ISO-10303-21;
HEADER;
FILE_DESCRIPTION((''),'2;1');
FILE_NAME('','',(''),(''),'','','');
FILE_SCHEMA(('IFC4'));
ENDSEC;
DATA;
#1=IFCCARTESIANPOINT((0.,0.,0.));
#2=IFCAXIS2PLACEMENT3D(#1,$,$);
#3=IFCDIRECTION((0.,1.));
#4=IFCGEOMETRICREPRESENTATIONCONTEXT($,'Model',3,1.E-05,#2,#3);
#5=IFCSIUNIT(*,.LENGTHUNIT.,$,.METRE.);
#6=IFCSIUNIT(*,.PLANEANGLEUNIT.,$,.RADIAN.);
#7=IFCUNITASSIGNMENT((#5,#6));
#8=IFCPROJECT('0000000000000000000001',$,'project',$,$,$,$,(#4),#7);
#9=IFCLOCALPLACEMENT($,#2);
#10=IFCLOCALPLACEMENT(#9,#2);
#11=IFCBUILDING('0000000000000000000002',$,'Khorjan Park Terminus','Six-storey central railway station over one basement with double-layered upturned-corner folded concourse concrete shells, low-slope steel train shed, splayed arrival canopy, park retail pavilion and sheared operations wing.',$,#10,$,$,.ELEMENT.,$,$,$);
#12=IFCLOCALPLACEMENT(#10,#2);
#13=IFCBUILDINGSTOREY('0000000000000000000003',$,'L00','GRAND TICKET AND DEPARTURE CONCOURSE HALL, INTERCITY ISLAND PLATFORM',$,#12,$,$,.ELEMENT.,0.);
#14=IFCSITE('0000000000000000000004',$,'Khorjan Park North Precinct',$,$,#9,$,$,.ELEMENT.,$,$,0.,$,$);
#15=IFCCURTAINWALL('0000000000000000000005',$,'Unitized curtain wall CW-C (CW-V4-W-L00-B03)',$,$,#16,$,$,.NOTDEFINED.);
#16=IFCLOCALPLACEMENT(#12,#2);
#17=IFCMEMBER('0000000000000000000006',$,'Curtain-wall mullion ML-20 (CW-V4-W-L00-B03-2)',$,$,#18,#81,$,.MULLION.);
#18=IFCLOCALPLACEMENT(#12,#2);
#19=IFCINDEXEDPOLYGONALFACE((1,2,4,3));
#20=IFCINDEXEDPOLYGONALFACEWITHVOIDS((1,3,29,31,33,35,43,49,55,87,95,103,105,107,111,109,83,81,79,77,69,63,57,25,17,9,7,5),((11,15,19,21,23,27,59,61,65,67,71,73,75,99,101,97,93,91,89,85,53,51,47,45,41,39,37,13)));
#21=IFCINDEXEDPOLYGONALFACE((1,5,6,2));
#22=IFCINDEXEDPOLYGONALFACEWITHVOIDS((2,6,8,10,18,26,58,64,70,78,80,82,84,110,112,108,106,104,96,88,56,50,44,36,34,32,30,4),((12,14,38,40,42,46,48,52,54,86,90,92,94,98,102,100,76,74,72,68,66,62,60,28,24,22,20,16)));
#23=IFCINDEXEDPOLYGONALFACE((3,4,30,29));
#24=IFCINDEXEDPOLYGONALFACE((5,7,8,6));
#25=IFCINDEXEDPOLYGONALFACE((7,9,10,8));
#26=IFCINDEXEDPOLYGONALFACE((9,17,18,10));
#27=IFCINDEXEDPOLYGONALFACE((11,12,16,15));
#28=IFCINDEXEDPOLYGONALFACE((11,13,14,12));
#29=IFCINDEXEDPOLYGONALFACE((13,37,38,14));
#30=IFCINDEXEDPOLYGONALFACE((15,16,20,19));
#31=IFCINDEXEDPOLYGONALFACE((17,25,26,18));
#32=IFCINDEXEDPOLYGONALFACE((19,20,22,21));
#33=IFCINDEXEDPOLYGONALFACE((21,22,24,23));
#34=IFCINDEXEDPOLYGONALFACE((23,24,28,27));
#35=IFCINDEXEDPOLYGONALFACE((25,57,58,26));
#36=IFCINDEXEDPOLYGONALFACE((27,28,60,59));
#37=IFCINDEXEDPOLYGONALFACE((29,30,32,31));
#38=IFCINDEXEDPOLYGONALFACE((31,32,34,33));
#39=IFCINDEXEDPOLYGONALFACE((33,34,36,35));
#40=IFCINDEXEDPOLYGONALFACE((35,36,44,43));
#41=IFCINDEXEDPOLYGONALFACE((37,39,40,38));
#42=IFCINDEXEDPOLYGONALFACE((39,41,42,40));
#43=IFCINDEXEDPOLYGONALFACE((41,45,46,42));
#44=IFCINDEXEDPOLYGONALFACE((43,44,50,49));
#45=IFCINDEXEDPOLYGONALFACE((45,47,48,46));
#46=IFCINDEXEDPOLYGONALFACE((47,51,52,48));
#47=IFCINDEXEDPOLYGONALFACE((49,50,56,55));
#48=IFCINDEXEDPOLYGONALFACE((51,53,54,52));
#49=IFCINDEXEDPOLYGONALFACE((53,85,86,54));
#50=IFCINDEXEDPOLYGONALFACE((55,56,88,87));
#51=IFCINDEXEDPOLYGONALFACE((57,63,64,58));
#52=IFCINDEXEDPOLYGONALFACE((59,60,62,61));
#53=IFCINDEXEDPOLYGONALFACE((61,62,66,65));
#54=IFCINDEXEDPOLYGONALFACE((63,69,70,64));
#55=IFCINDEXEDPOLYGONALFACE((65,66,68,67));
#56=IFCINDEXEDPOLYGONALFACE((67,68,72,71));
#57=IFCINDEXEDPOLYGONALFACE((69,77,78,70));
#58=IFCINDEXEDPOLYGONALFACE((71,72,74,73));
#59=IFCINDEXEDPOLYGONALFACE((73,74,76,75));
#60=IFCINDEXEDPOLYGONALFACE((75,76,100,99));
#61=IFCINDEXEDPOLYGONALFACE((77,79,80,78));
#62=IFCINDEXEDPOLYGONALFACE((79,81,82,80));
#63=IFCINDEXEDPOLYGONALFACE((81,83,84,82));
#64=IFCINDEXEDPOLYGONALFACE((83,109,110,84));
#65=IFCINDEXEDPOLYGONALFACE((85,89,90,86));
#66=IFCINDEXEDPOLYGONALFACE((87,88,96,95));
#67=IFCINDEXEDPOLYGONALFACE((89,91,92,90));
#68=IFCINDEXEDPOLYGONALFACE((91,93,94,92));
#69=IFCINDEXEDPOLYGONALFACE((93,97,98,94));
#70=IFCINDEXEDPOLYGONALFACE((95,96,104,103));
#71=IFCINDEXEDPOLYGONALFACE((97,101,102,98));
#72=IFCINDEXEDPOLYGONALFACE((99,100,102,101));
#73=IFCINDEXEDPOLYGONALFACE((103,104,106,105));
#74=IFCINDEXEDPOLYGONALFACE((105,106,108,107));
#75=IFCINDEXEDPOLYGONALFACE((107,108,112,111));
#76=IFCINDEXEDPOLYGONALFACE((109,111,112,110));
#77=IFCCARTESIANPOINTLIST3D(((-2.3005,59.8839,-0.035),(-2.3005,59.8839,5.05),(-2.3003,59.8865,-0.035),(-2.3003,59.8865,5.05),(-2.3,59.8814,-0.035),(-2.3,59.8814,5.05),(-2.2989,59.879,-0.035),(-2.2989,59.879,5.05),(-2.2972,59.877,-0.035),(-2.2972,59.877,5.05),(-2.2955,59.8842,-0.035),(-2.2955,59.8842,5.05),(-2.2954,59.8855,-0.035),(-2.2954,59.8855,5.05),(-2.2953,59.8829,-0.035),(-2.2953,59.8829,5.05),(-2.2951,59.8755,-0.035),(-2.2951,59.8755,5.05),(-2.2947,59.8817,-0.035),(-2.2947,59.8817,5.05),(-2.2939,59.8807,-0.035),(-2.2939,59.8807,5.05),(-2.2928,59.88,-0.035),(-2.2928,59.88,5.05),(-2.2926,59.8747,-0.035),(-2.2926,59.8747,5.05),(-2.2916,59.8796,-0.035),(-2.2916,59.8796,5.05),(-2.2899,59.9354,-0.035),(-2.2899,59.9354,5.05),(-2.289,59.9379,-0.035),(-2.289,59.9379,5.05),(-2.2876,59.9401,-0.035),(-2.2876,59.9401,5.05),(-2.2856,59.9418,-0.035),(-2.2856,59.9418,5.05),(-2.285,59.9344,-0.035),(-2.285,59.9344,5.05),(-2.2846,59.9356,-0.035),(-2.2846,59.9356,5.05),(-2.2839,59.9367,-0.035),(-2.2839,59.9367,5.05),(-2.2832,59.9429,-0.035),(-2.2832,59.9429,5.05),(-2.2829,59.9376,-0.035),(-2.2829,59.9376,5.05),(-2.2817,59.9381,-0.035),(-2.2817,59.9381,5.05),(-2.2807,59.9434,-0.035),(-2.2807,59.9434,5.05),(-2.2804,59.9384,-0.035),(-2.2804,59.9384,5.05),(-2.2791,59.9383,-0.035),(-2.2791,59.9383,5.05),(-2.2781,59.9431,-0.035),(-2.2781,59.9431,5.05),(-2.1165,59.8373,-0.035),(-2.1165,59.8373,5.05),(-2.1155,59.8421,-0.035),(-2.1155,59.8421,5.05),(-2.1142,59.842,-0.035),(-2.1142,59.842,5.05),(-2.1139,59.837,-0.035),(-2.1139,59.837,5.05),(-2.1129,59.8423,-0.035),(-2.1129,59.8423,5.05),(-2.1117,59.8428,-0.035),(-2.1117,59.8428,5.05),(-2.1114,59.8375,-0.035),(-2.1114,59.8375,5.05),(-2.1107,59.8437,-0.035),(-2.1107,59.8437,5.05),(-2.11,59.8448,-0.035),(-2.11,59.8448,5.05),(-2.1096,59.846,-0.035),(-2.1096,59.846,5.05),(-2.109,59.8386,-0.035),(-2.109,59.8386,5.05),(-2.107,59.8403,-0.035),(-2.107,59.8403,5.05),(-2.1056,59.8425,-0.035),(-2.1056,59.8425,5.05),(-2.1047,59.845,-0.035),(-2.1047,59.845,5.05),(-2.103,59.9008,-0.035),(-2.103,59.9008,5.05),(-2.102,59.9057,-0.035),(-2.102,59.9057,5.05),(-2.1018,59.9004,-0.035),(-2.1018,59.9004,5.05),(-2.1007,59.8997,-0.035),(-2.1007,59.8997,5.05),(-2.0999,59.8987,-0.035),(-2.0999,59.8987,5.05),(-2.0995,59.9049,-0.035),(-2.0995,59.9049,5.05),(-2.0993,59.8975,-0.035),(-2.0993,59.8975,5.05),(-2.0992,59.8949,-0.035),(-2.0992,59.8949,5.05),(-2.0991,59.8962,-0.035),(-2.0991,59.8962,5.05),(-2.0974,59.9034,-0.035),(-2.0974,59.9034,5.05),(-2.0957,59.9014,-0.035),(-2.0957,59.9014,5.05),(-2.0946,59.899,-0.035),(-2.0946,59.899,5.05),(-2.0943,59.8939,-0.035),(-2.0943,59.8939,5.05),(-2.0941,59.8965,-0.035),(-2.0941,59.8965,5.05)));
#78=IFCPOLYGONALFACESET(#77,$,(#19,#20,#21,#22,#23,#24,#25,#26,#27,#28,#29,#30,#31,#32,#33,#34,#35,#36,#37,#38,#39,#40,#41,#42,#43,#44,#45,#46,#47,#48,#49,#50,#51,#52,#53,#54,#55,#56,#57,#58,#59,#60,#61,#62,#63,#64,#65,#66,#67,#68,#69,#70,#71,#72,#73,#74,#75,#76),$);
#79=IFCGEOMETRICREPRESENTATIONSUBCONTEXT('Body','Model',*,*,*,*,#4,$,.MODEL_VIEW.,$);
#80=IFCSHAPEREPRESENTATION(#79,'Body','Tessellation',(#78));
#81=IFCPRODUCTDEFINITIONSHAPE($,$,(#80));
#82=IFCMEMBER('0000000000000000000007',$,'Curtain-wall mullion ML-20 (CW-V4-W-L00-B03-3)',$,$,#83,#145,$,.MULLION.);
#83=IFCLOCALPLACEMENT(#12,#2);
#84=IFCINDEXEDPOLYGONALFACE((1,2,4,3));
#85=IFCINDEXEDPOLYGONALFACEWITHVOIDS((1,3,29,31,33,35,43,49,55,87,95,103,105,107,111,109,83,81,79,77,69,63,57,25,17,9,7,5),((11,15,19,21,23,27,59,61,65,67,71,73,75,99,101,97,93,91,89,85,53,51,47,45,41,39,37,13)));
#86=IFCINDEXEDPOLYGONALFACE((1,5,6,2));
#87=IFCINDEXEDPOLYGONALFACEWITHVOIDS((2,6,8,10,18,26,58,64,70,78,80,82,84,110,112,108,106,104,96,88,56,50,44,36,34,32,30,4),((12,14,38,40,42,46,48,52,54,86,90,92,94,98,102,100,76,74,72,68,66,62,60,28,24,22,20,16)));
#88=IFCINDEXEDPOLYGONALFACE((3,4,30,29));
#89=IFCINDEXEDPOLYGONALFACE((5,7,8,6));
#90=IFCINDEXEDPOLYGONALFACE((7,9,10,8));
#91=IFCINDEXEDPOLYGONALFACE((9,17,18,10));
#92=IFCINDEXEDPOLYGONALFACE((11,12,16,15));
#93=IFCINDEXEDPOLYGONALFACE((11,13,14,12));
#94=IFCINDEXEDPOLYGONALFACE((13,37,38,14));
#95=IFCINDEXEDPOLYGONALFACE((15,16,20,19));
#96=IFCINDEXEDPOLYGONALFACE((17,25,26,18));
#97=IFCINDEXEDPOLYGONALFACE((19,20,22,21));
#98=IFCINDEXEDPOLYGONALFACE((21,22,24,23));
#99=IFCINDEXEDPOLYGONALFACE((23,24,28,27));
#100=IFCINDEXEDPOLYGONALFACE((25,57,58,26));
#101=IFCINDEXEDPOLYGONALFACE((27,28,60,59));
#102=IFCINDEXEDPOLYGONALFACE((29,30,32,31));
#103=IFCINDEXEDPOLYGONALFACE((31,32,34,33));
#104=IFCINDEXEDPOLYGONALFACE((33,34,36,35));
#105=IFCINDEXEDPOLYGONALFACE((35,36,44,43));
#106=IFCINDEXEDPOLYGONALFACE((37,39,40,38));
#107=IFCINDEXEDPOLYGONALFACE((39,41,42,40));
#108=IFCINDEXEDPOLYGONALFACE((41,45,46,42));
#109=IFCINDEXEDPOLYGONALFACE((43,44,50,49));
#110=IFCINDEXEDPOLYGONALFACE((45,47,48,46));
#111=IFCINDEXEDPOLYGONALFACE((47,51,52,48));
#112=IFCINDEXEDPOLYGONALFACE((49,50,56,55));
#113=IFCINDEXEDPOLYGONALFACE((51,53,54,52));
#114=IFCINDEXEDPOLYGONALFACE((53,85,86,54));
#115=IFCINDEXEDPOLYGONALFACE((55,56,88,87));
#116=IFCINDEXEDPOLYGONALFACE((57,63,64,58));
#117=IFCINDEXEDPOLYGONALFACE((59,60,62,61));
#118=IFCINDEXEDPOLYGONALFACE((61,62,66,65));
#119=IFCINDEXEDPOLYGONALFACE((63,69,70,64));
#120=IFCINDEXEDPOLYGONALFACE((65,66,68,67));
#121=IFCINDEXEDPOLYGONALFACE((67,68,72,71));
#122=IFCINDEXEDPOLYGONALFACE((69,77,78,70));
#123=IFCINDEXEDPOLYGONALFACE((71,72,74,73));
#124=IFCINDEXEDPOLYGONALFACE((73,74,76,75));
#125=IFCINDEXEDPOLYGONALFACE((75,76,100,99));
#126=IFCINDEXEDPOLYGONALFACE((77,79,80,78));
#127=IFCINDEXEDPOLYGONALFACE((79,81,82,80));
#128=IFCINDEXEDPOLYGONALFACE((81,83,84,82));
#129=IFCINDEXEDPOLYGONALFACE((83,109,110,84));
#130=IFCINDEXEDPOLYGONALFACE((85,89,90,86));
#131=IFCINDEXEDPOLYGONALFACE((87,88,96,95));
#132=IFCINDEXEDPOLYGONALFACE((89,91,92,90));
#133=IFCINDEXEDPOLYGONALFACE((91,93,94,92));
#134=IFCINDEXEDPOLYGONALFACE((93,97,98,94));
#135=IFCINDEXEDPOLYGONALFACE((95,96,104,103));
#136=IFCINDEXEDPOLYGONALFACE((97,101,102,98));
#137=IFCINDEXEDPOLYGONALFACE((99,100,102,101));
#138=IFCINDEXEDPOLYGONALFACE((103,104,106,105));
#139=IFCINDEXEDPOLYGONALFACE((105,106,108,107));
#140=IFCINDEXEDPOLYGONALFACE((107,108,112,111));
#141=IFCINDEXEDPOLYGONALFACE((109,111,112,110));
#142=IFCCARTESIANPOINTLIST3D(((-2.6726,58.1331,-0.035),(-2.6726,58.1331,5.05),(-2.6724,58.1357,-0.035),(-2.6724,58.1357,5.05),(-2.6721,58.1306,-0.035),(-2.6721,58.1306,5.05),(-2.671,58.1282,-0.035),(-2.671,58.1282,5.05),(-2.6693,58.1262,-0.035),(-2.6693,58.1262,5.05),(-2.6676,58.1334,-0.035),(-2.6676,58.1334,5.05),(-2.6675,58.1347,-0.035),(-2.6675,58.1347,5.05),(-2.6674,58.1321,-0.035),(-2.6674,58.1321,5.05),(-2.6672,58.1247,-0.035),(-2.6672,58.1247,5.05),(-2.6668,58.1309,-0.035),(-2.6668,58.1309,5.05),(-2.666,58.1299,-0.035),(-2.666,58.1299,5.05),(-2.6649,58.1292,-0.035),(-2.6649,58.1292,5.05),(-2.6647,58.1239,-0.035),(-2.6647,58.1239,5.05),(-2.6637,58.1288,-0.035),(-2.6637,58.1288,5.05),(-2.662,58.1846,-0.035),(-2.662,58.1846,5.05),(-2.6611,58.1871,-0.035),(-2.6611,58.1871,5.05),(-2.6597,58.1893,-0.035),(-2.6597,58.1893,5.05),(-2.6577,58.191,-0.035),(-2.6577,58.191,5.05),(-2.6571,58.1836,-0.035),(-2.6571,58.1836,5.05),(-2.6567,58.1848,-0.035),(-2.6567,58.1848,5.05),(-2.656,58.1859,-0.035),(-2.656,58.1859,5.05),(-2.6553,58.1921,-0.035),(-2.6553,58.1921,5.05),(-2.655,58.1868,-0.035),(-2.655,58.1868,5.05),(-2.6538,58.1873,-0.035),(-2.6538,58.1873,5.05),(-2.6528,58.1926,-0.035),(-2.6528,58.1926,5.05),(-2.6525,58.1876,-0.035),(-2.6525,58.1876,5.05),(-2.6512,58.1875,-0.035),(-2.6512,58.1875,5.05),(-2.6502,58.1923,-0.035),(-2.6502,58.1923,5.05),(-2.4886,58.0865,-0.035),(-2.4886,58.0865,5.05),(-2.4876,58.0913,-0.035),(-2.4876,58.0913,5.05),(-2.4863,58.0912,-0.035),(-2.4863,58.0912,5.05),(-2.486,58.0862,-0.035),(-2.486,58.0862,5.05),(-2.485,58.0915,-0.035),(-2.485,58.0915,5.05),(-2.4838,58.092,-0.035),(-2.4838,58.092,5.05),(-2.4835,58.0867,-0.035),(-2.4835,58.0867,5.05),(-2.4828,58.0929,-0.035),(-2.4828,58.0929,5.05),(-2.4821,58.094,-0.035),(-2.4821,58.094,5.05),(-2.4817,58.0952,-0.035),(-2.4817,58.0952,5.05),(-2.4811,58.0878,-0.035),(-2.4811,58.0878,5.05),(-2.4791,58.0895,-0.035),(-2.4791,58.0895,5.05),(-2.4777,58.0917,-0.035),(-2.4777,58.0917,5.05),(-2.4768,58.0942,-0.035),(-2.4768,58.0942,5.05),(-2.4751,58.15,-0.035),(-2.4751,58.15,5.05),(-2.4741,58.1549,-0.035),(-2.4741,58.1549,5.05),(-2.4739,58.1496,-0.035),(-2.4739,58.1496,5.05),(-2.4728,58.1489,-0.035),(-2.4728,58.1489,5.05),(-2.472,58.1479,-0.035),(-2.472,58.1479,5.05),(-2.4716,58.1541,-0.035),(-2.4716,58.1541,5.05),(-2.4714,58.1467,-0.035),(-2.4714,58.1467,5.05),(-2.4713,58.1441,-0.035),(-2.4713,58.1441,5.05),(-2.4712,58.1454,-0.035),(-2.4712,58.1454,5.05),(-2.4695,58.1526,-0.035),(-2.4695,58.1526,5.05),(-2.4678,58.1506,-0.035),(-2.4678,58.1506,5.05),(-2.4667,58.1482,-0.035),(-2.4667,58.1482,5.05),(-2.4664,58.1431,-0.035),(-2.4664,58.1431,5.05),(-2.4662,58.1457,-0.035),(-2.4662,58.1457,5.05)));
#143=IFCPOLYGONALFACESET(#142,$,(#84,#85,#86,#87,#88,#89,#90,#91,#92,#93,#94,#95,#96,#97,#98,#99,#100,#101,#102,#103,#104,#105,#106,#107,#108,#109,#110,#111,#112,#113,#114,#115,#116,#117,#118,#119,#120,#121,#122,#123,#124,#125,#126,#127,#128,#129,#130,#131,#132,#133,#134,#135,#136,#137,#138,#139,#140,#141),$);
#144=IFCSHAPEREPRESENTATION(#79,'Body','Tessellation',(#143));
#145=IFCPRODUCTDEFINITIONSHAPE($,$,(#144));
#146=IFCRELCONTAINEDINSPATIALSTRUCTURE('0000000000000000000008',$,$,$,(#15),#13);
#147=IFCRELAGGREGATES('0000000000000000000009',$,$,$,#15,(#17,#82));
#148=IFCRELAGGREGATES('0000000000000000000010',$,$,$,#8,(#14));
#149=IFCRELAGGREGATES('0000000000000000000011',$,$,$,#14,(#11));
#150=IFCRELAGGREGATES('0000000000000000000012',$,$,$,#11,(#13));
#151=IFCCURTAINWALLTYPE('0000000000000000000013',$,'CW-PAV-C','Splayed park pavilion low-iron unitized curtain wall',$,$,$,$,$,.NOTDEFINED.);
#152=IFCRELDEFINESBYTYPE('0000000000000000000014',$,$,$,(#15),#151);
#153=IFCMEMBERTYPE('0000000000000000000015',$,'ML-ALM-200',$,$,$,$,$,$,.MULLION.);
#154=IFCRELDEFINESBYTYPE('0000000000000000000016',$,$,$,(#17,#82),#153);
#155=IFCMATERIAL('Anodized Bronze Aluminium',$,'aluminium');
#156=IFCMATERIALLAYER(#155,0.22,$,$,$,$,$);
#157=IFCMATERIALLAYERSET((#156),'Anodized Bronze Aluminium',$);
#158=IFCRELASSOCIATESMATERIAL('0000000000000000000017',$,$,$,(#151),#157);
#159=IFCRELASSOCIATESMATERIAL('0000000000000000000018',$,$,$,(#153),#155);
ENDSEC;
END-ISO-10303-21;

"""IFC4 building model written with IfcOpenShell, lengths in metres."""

from ifc_helpers import new_model, si_unit, direction, frame, origin, origin_2d, place, context, subcontext, project, spatial, hollow_rectangle, extrude, material, layer, layer_set, material_profile, profile_set, type_object, element, aggregate, save


model = new_model("IFC4")

# Units and contexts
model_context = context("Model", 3, precision=1e-05, world=origin(), true_north=direction((0.0, 1.0)))
body_context = subcontext(model_context, "Body", "Model", "MODEL_VIEW")
ifc_project = project(units=[si_unit("LENGTHUNIT", "METRE"), si_unit("PLANEANGLEUNIT", "RADIAN")], contexts=[model_context])

# Site, building, storey
site_placement = place(None, origin())
site = spatial("IfcSite", under=ifc_project, at=site_placement, Name="Khorjan Park North Precinct", CompositionType="ELEMENT", RefElevation=0.0)
building_placement = place(site_placement, origin())
building = spatial("IfcBuilding", under=site, at=building_placement, Name="Khorjan Park Terminus", Description="Six-storey central railway station over one basement with double-layered upturned-corner folded concourse concrete shells, low-slope steel train shed, splayed arrival canopy, park retail pavilion and sheared operations wing.", CompositionType="ELEMENT")
storey_placement = place(building_placement, origin())
storey = spatial("IfcBuildingStorey", under=building, at=storey_placement, Name="L00", Description="GRAND TICKET AND DEPARTURE CONCOURSE HALL, INTERCITY ISLAND PLATFORM", CompositionType="ELEMENT", Elevation=0.0)

# Curtain wall, members
ifc_material_1 = material(Name="Anodized Bronze Aluminium", Category="aluminium")
ifc_layer_1 = layer(ifc_material_1, 0.22)
ifc_layer_set_1 = layer_set([ifc_layer_1], Name="Anodized Bronze Aluminium")
curtain_wall_type = type_object("IfcCurtainWallType", Name="CW-PAV-C", Description="Splayed park pavilion low-iron unitized curtain wall", PredefinedType="NOTDEFINED", material=ifc_layer_set_1)
curtain_wall_placement = place(storey_placement, origin())
curtain_wall = element("IfcCurtainWall", 1, at=curtain_wall_placement, inside=storey, type_object=curtain_wall_type, Name="Unitized curtain wall CW-C (CW-V4-W-L00-B03)", PredefinedType="NOTDEFINED")
ifc_material_profile_1 = material_profile(ifc_material_1, hollow_rectangle(XDim=0.07, YDim=0.2, WallThickness=0.005, InnerFilletRadius=0.005, OuterFilletRadius=0.01, at=origin_2d()), Name="ALM 70x200x5")
ifc_profile_set_1 = profile_set([ifc_material_profile_1], Name="Anodized Bronze Aluminium")
member_type_1 = type_object("IfcMemberType", Name="ML-ALM-200", PredefinedType="MULLION", material=ifc_profile_set_1)
member_1_placement = place(storey_placement, frame((-2.1973, 59.8902, -0.035), z_axis=(0.0, 0.0, 1.0), x_axis=(-0.207917, -0.978147, 0.0)))
member_1 = element("IfcMember", 2, at=member_1_placement, type_object=member_type_1, Name="Curtain-wall mullion ML-20 (CW-V4-W-L00-B03-2)", PredefinedType="MULLION", context=body_context, shape_type="SweptSolid", body=[
    extrude(hollow_rectangle(XDim=0.07, YDim=0.2, WallThickness=0.005, InnerFilletRadius=0.005, OuterFilletRadius=0.01, at=origin_2d()), origin(), (0.0, 0.0, 1.0), 5.085),
])
member_2_placement = place(storey_placement, frame((-2.5694, 58.1394, -0.035), z_axis=(0.0, 0.0, 1.0), x_axis=(-0.207917, -0.978147, 0.0)))
member_2 = element("IfcMember", 3, at=member_2_placement, type_object=member_type_1, Name="Curtain-wall mullion ML-20 (CW-V4-W-L00-B03-3)", PredefinedType="MULLION", context=body_context, shape_type="SweptSolid", body=[
    extrude(hollow_rectangle(XDim=0.07, YDim=0.2, WallThickness=0.005, InnerFilletRadius=0.005, OuterFilletRadius=0.01, at=origin_2d()), origin(), (0.0, 0.0, 1.0), 5.085),
])
aggregate(curtain_wall, [member_1, member_2])

save(model, "model.ifc")
